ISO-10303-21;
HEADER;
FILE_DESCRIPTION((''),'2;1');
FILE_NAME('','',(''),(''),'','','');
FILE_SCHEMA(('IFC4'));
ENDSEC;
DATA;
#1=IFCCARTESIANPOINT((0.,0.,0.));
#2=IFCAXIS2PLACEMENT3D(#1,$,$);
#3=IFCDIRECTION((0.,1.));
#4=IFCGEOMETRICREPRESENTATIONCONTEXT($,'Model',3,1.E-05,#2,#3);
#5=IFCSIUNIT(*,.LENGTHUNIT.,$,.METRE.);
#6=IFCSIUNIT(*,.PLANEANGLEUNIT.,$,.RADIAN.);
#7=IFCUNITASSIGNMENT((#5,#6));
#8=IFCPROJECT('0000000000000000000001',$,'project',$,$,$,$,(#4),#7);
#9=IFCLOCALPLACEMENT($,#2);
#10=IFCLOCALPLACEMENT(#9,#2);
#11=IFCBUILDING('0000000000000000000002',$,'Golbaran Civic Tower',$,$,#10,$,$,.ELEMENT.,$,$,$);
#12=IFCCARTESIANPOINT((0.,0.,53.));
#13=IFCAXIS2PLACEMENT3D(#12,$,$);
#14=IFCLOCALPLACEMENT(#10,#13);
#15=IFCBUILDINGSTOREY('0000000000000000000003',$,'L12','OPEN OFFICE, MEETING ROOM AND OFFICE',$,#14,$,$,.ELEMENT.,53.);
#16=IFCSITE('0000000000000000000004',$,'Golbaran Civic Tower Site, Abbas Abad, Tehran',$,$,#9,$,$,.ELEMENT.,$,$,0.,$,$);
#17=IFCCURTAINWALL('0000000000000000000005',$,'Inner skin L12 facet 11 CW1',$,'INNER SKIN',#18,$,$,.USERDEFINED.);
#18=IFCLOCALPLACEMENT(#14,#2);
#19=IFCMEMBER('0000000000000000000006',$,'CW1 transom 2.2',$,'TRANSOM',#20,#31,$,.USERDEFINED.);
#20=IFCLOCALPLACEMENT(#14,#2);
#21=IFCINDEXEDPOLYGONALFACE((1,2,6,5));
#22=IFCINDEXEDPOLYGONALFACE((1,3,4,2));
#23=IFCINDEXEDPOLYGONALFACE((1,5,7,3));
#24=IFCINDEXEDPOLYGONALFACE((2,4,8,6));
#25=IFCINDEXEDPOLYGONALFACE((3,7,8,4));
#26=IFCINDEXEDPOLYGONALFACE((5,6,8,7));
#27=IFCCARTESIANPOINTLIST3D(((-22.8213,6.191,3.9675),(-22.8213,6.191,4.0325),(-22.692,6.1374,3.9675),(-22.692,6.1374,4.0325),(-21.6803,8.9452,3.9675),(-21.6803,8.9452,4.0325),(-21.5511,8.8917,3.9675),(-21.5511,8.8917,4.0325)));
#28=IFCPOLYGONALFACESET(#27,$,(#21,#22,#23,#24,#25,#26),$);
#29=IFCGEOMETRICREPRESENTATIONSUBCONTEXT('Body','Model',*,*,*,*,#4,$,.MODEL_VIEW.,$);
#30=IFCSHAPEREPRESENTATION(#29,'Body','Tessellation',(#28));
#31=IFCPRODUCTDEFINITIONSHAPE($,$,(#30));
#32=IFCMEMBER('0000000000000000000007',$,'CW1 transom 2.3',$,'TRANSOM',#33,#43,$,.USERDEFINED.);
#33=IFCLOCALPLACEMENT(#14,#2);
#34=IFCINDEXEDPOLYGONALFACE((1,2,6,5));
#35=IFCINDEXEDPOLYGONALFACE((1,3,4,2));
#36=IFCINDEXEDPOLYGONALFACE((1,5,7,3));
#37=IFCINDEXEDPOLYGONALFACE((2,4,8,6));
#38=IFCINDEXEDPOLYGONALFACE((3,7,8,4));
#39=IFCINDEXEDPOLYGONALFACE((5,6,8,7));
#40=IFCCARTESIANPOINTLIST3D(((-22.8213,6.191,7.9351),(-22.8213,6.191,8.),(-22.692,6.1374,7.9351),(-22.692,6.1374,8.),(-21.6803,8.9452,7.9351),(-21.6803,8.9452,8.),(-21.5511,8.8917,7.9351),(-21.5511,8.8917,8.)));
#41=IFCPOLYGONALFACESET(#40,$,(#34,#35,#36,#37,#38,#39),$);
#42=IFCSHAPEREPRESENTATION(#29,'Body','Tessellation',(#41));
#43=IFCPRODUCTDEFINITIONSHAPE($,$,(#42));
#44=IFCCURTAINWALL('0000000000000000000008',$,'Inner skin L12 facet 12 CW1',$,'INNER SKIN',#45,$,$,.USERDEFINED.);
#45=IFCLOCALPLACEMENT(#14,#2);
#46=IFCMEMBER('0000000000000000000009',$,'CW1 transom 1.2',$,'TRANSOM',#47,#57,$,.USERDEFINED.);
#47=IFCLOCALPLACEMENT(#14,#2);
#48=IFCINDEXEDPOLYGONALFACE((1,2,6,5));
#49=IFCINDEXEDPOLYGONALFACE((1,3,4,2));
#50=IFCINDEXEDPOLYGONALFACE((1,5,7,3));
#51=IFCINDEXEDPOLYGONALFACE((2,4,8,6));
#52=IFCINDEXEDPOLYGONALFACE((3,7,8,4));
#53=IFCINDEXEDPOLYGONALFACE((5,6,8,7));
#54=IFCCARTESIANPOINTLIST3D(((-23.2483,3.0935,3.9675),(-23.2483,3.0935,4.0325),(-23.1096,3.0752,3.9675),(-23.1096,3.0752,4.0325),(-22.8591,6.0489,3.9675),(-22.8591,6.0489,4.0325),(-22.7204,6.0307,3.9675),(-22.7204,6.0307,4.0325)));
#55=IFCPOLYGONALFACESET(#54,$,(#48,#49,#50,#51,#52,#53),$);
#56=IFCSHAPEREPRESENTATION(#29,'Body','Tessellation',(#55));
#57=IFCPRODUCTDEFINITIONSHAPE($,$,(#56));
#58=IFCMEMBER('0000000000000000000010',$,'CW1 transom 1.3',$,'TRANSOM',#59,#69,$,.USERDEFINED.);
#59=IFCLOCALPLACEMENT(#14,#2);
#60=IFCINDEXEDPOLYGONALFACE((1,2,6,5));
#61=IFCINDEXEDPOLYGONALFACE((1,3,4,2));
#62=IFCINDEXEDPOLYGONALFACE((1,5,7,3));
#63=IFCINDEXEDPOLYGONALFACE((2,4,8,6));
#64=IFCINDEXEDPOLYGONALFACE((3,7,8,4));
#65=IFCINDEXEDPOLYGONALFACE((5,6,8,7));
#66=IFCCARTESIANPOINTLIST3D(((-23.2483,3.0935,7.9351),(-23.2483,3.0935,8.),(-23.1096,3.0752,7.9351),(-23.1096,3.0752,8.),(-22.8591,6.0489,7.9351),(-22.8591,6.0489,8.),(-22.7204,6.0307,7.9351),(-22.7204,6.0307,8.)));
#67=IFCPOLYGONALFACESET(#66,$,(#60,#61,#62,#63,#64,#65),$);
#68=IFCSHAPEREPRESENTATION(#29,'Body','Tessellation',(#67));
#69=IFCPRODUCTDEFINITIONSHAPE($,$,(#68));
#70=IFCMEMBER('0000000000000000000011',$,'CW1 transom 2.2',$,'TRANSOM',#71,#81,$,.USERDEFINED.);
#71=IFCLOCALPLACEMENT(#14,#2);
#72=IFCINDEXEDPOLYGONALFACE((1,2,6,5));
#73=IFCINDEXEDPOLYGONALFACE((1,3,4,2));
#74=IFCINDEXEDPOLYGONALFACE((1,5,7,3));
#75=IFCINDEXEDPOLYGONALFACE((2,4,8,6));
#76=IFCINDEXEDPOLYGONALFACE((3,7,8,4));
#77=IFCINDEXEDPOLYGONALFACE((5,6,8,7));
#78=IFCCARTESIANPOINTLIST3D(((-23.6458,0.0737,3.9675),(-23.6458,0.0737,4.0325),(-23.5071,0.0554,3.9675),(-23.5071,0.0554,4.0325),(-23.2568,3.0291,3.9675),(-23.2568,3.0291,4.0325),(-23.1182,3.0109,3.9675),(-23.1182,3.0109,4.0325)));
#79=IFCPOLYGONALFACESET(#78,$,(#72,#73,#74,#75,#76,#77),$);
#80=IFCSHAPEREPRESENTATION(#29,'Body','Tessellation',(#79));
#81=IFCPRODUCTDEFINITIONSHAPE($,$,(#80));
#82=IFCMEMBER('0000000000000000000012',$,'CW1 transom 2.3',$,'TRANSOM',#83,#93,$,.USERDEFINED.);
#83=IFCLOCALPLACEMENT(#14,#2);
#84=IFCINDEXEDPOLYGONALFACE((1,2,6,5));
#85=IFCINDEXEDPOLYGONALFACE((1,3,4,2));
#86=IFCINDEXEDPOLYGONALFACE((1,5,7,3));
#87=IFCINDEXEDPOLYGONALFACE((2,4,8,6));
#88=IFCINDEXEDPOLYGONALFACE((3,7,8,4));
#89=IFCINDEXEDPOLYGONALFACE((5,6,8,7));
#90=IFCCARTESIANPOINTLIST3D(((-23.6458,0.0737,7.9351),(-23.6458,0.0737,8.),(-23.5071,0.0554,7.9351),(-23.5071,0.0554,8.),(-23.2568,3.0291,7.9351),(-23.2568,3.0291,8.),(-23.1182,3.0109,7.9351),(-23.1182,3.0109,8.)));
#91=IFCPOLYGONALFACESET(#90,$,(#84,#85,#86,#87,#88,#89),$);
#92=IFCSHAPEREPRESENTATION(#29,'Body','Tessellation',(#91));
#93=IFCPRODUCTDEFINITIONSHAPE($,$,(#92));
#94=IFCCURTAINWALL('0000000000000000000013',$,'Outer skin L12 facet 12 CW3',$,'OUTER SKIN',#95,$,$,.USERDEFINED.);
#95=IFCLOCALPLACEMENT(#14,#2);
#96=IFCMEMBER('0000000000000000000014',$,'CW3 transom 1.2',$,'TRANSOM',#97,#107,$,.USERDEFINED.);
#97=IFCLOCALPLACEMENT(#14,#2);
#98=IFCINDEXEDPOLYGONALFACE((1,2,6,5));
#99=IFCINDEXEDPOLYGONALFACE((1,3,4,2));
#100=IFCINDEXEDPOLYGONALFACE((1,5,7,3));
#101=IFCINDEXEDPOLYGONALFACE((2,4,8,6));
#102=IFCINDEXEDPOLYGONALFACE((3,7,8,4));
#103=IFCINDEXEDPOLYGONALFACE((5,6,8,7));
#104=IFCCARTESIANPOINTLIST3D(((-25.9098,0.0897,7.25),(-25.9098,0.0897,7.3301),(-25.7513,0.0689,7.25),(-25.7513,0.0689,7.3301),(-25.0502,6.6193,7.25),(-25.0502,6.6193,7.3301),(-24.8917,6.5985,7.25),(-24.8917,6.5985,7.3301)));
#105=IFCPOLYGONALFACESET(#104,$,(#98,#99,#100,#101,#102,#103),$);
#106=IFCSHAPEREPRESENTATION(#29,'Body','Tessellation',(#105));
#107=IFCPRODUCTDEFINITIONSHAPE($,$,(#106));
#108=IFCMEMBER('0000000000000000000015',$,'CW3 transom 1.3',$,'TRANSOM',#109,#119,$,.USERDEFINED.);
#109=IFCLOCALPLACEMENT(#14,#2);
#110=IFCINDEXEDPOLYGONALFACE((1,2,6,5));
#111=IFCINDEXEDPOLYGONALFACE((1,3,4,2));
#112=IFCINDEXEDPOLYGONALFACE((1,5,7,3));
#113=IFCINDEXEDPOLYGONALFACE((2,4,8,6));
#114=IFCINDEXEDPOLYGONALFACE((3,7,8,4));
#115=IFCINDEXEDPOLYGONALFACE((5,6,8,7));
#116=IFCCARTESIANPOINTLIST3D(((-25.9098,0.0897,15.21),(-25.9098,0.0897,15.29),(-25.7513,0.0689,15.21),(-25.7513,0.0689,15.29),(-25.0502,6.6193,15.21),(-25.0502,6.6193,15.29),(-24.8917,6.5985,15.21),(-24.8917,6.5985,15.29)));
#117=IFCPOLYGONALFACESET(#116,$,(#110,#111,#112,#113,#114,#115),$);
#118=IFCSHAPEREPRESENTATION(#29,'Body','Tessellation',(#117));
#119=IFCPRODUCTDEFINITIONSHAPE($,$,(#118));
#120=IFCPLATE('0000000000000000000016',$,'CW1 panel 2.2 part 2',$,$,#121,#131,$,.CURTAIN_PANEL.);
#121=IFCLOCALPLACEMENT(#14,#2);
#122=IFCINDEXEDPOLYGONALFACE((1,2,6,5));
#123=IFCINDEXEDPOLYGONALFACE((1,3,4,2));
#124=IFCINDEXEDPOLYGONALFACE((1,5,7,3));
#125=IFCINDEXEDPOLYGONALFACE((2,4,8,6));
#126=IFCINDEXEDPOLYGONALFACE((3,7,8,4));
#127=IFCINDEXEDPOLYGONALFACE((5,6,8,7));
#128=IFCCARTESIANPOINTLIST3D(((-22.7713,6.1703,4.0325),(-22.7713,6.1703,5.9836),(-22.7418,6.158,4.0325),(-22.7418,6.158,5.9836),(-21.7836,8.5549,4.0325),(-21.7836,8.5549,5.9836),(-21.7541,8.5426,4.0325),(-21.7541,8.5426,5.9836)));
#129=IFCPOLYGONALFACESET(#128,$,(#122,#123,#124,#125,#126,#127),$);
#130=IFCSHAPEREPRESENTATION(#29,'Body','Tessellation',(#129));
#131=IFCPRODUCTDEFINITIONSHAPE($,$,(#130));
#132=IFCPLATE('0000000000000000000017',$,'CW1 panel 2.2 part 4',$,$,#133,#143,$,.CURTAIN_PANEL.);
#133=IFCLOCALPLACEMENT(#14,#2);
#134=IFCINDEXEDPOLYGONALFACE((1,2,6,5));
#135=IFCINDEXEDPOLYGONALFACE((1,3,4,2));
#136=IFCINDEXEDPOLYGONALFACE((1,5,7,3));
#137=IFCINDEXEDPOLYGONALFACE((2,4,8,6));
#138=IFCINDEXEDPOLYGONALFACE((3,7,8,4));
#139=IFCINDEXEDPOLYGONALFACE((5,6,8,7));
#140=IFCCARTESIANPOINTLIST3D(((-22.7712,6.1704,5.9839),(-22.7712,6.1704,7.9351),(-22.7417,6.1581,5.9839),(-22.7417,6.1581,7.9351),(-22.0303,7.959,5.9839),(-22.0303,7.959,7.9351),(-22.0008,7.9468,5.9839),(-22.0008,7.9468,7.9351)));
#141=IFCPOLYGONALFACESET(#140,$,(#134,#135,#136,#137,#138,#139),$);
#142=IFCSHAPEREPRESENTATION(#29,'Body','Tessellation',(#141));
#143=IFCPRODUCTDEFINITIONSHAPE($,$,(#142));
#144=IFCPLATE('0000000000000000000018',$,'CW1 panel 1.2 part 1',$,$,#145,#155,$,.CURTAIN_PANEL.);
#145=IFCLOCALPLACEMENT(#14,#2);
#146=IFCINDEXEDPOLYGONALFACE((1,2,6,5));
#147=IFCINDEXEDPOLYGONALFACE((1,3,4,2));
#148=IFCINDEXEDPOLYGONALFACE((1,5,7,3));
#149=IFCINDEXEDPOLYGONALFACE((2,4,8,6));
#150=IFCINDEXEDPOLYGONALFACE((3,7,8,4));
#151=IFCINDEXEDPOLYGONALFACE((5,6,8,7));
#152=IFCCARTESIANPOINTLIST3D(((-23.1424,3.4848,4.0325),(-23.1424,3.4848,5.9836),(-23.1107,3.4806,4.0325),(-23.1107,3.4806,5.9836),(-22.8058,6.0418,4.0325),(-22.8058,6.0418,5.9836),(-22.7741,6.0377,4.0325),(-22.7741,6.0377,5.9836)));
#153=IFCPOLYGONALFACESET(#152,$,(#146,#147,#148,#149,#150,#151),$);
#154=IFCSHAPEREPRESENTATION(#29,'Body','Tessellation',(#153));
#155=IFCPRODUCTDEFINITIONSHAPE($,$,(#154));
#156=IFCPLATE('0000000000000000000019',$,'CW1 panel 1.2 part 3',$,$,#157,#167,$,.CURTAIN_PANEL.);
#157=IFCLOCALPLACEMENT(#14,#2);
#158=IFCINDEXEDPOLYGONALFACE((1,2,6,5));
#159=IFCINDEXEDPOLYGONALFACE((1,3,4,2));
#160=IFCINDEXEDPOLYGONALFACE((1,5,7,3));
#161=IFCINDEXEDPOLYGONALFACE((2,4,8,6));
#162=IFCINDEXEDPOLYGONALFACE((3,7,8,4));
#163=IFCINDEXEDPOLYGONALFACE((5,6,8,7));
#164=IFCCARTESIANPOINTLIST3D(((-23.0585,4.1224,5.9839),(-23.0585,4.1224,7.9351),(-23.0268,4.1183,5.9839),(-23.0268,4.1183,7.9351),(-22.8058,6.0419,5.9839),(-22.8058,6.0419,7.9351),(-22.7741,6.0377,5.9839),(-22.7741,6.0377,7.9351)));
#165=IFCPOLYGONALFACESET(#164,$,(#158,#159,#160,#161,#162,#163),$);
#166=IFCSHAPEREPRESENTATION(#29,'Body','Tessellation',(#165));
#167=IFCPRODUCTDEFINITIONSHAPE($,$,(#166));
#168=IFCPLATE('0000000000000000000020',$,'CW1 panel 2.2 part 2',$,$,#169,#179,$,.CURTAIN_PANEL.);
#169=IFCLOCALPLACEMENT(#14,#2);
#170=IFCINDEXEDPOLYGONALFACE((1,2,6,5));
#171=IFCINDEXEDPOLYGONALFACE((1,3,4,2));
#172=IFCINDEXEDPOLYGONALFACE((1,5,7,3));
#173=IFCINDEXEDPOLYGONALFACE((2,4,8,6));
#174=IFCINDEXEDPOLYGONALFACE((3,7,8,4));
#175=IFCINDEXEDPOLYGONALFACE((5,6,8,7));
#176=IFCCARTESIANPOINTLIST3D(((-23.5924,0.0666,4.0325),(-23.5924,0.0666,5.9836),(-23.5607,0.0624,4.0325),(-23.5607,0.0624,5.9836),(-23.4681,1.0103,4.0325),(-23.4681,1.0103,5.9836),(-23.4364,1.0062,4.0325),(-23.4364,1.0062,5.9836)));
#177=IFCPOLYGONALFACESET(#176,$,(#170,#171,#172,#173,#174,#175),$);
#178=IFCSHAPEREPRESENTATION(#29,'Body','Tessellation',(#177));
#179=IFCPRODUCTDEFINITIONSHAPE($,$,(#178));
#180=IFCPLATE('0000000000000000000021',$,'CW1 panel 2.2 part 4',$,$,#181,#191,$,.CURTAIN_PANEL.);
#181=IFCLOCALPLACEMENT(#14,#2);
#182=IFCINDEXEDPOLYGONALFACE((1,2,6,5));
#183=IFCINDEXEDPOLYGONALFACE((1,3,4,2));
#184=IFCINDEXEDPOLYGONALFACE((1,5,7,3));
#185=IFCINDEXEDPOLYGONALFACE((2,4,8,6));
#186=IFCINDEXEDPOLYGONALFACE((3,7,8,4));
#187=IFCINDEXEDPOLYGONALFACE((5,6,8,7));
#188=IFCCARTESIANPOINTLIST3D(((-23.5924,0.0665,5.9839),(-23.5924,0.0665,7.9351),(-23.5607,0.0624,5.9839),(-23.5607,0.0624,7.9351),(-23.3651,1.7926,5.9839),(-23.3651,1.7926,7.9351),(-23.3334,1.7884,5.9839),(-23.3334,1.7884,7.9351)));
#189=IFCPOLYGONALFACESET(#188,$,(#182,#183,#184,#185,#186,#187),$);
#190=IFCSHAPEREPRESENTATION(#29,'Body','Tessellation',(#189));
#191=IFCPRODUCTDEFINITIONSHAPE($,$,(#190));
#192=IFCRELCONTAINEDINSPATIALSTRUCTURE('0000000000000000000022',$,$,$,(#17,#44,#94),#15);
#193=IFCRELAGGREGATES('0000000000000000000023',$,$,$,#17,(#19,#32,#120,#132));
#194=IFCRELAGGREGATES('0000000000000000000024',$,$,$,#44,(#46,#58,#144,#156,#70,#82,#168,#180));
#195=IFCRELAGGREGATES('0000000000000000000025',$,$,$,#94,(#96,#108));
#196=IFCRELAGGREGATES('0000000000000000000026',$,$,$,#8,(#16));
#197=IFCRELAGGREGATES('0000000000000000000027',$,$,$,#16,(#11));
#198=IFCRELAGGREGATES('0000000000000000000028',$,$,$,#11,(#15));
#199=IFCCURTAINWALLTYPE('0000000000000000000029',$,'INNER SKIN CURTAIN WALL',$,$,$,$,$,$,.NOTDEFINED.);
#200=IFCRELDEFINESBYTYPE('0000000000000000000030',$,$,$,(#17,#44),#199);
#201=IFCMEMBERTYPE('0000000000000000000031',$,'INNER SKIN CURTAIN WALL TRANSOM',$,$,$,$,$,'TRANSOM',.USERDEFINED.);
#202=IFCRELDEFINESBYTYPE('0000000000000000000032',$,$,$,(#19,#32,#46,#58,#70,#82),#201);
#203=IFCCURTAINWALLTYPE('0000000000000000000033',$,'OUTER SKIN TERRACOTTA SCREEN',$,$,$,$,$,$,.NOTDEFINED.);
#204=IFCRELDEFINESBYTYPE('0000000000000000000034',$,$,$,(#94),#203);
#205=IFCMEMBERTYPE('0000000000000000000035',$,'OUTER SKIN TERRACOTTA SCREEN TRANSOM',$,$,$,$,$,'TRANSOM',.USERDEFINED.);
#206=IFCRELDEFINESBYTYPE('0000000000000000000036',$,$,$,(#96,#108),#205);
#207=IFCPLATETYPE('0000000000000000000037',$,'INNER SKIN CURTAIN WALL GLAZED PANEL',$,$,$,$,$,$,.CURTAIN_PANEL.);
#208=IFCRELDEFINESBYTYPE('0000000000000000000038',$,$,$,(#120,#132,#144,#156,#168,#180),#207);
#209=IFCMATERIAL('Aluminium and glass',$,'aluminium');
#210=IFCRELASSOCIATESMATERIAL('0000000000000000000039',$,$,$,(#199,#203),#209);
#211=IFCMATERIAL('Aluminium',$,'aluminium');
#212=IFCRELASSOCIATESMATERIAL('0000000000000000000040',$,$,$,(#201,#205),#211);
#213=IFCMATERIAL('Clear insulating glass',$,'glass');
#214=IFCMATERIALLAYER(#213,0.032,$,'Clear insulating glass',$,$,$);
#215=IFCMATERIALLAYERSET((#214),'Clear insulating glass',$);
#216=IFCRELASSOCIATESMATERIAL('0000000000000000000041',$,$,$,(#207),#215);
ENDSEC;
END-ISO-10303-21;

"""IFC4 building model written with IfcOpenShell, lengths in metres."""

from ifc_helpers import new_model, si_unit, direction, frame, origin, origin_2d, place, context, subcontext, project, spatial, rectangle, extrude, material, layer, layer_set, material_profile, profile_set, type_object, element, aggregate, save


model = new_model("IFC4")

# Units and contexts
model_context = context("Model", 3, precision=1e-05, world=origin(), true_north=direction((0.0, 1.0)))
body_context = subcontext(model_context, "Body", "Model", "MODEL_VIEW")
ifc_project = project(units=[si_unit("LENGTHUNIT", "METRE"), si_unit("PLANEANGLEUNIT", "RADIAN")], contexts=[model_context])

# Site, building, storey
site_placement = place(None, origin())
site = spatial("IfcSite", under=ifc_project, at=site_placement, Name="Golbaran Civic Tower Site, Abbas Abad, Tehran", CompositionType="ELEMENT", RefElevation=0.0)
building_placement = place(site_placement, origin())
building = spatial("IfcBuilding", under=site, at=building_placement, Name="Golbaran Civic Tower", CompositionType="ELEMENT")
storey_placement = place(building_placement, frame((0.0, 0.0, 53.0)))
storey = spatial("IfcBuildingStorey", under=building, at=storey_placement, Name="L12", Description="OPEN OFFICE, MEETING ROOM AND OFFICE", CompositionType="ELEMENT", Elevation=53.0)

# Curtain walls, members
ifc_material_1 = material(Name="Aluminium and glass", Category="aluminium")
curtain_wall_type_1 = type_object("IfcCurtainWallType", Name="INNER SKIN CURTAIN WALL", PredefinedType="NOTDEFINED", material=ifc_material_1)
curtain_wall_1_placement = place(storey_placement, origin())
curtain_wall_1 = element("IfcCurtainWall", 1, at=curtain_wall_1_placement, inside=storey, type_object=curtain_wall_type_1, Name="Inner skin L12 facet 11 CW1", ObjectType="INNER SKIN", PredefinedType="USERDEFINED")
ifc_material_2 = material(Name="Aluminium", Category="aluminium")
ifc_material_profile_1 = material_profile(ifc_material_2, rectangle(XDim=0.1399, YDim=0.0649, at=origin_2d()), Name="INNER SKIN CURTAIN WALL TRANSOM")
ifc_profile_set_1 = profile_set([ifc_material_profile_1], Name="Aluminium")
member_type_1 = type_object("IfcMemberType", Name="INNER SKIN CURTAIN WALL TRANSOM", ElementType="TRANSOM", PredefinedType="USERDEFINED", material=ifc_profile_set_1)
member_1_placement = place(storey_placement, frame((-21.6157, 8.9185, 4.0), z_axis=(-0.382701, -0.923872, 0.0), x_axis=(0.923872, -0.382701, 0.0)))
member_1 = element("IfcMember", 2, at=member_1_placement, type_object=member_type_1, Name="CW1 transom 2.2", ObjectType="TRANSOM", PredefinedType="USERDEFINED", context=body_context, shape_type="SweptSolid", body=[
    extrude(rectangle(XDim=0.1399, YDim=0.0649, at=origin_2d()), origin(), (0.0, 0.0, 1.0), 2.9812),
])
member_2_placement = place(storey_placement, frame((-21.6157, 8.9185, 7.9675), z_axis=(-0.382701, -0.923872, 0.0), x_axis=(0.923872, -0.382701, 0.0)))
member_2 = element("IfcMember", 3, at=member_2_placement, type_object=member_type_1, Name="CW1 transom 2.3", ObjectType="TRANSOM", PredefinedType="USERDEFINED", context=body_context, shape_type="SweptSolid", body=[
    extrude(rectangle(XDim=0.1399, YDim=0.0649, at=origin_2d()), origin(), (0.0, 0.0, 1.0), 2.9812),
])
curtain_wall_2_placement = place(storey_placement, origin())
curtain_wall_2 = element("IfcCurtainWall", 4, at=curtain_wall_2_placement, inside=storey, type_object=curtain_wall_type_1, Name="Inner skin L12 facet 12 CW1", ObjectType="INNER SKIN", PredefinedType="USERDEFINED")
member_3_placement = place(storey_placement, frame((-22.7898, 6.0398, 4.0), z_axis=(-0.130543, -0.991443, 0.0), x_axis=(0.991443, -0.130543, 0.0)))
member_3 = element("IfcMember", 5, at=member_3_placement, type_object=member_type_1, Name="CW1 transom 1.2", ObjectType="TRANSOM", PredefinedType="USERDEFINED", context=body_context, shape_type="SweptSolid", body=[
    extrude(rectangle(XDim=0.1399, YDim=0.0649, at=origin_2d()), origin(), (0.0, 0.0, 1.0), 2.981),
])
member_4_placement = place(storey_placement, frame((-22.7898, 6.0398, 7.9675), z_axis=(-0.130543, -0.991443, 0.0), x_axis=(0.991443, -0.130543, 0.0)))
member_4 = element("IfcMember", 6, at=member_4_placement, type_object=member_type_1, Name="CW1 transom 1.3", ObjectType="TRANSOM", PredefinedType="USERDEFINED", context=body_context, shape_type="SweptSolid", body=[
    extrude(rectangle(XDim=0.1399, YDim=0.0649, at=origin_2d()), origin(), (0.0, 0.0, 1.0), 2.981),
])
member_5_placement = place(storey_placement, frame((-23.1875, 3.02, 4.0), z_axis=(-0.130463, -0.991453, 0.0), x_axis=(0.991453, -0.130463, 0.0)))
member_5 = element("IfcMember", 7, at=member_5_placement, type_object=member_type_1, Name="CW1 transom 2.2", ObjectType="TRANSOM", PredefinedType="USERDEFINED", context=body_context, shape_type="SweptSolid", body=[
    extrude(rectangle(XDim=0.1399, YDim=0.0649, at=origin_2d()), origin(), (0.0, 0.0, 1.0), 2.981),
])
member_6_placement = place(storey_placement, frame((-23.1875, 3.02, 7.9675), z_axis=(-0.130463, -0.991453, 0.0), x_axis=(0.991453, -0.130463, 0.0)))
member_6 = element("IfcMember", 8, at=member_6_placement, type_object=member_type_1, Name="CW1 transom 2.3", ObjectType="TRANSOM", PredefinedType="USERDEFINED", context=body_context, shape_type="SweptSolid", body=[
    extrude(rectangle(XDim=0.1399, YDim=0.0649, at=origin_2d()), origin(), (0.0, 0.0, 1.0), 2.981),
])
curtain_wall_type_2 = type_object("IfcCurtainWallType", Name="OUTER SKIN TERRACOTTA SCREEN", PredefinedType="NOTDEFINED", material=ifc_material_1)
curtain_wall_3_placement = place(storey_placement, origin())
curtain_wall_3 = element("IfcCurtainWall", 9, at=curtain_wall_3_placement, inside=storey, type_object=curtain_wall_type_2, Name="Outer skin L12 facet 12 CW3", ObjectType="OUTER SKIN", PredefinedType="USERDEFINED")
ifc_material_profile_2 = material_profile(ifc_material_2, rectangle(XDim=0.1599, YDim=0.0801, at=origin_2d()), Name="OUTER SKIN TERRACOTTA SCREEN TRANSOM")
ifc_profile_set_2 = profile_set([ifc_material_profile_2], Name="Aluminium")
member_type_2 = type_object("IfcMemberType", Name="OUTER SKIN TERRACOTTA SCREEN TRANSOM", ElementType="TRANSOM", PredefinedType="USERDEFINED", material=ifc_profile_set_2)
member_7_placement = place(storey_placement, frame((-24.9709, 6.6089, 7.29), z_axis=(-0.130525, -0.991445, 0.0), x_axis=(0.991445, -0.130525, 0.0)))
member_7 = element("IfcMember", 10, at=member_7_placement, type_object=member_type_2, Name="CW3 transom 1.2", ObjectType="TRANSOM", PredefinedType="USERDEFINED", context=body_context, shape_type="SweptSolid", body=[
    extrude(rectangle(XDim=0.1599, YDim=0.0801, at=origin_2d()), origin(), (0.0, 0.0, 1.0), 6.5859),
])
member_8_placement = place(storey_placement, frame((-24.9709, 6.6089, 15.25), z_axis=(-0.130525, -0.991445, 0.0), x_axis=(0.991445, -0.130525, 0.0)))
member_8 = element("IfcMember", 11, at=member_8_placement, type_object=member_type_2, Name="CW3 transom 1.3", ObjectType="TRANSOM", PredefinedType="USERDEFINED", context=body_context, shape_type="SweptSolid", body=[
    extrude(rectangle(XDim=0.1599, YDim=0.0801, at=origin_2d()), origin(), (0.0, 0.0, 1.0), 6.5859),
])

# Plates
ifc_material_3 = material(Name="Clear insulating glass", Category="glass")
ifc_layer_1 = layer(ifc_material_3, 0.032, Name="Clear insulating glass")
ifc_layer_set_1 = layer_set([ifc_layer_1], Name="Clear insulating glass")
plate_type_1 = type_object("IfcPlateType", Name="INNER SKIN CURTAIN WALL GLAZED PANEL", PredefinedType="CURTAIN_PANEL", material=ifc_layer_set_1)
plate_1_placement = place(storey_placement, frame((-22.2627, 7.3564, 4.0325), z_axis=(0.0, 0.0, 1.0), x_axis=(-0.382683, -0.92388, 0.0)))
plate_1 = element("IfcPlate", 12, at=plate_1_placement, type_object=plate_type_1, Name="CW1 panel 2.2 part 2", PredefinedType="CURTAIN_PANEL", context=body_context, shape_type="SweptSolid", body=[
    extrude(rectangle(XDim=2.5811, YDim=0.032, at=origin_2d()), origin(), (0.0, 0.0, 1.0), 1.9512),
])
plate_2_placement = place(storey_placement, frame((-22.386, 7.0586, 5.9839), z_axis=(0.0, 0.0, 1.0), x_axis=(-0.382683, -0.92388, 0.0)))
plate_2 = element("IfcPlate", 13, at=plate_2_placement, type_object=plate_type_1, Name="CW1 panel 2.2 part 4", PredefinedType="CURTAIN_PANEL", context=body_context, shape_type="SweptSolid", body=[
    extrude(rectangle(XDim=1.936, YDim=0.032, at=origin_2d()), origin(), (0.0, 0.0, 1.0), 1.9512),
])
plate_3_placement = place(storey_placement, frame((-22.9583, 4.7612, 4.0325), z_axis=(0.0, 0.0, 1.0), x_axis=(-0.130526, -0.991445, 0.0)))
plate_3 = element("IfcPlate", 14, at=plate_3_placement, type_object=plate_type_1, Name="CW1 panel 1.2 part 1", PredefinedType="CURTAIN_PANEL", context=body_context, shape_type="SweptSolid", body=[
    extrude(rectangle(XDim=2.5791, YDim=0.032, at=origin_2d()), origin(), (0.0, 0.0, 1.0), 1.9512),
])
plate_4_placement = place(storey_placement, frame((-22.9163, 5.0801, 5.9839), z_axis=(0.0, 0.0, 1.0), x_axis=(-0.130526, -0.991445, 0.0)))
plate_4 = element("IfcPlate", 15, at=plate_4_placement, type_object=plate_type_1, Name="CW1 panel 1.2 part 3", PredefinedType="CURTAIN_PANEL", context=body_context, shape_type="SweptSolid", body=[
    extrude(rectangle(XDim=1.936, YDim=0.032, at=origin_2d()), origin(), (0.0, 0.0, 1.0), 1.9512),
])
plate_5_placement = place(storey_placement, frame((-23.5144, 0.5364, 4.0325), z_axis=(0.0, 0.0, 1.0), x_axis=(-0.130526, -0.991445, 0.0)))
plate_5 = element("IfcPlate", 16, at=plate_5_placement, type_object=plate_type_1, Name="CW1 panel 2.2 part 2", PredefinedType="CURTAIN_PANEL", context=body_context, shape_type="SweptSolid", body=[
    extrude(rectangle(XDim=0.9519, YDim=0.032, at=origin_2d()), origin(), (0.0, 0.0, 1.0), 1.9512),
])
plate_6_placement = place(storey_placement, frame((-23.4629, 0.9275, 5.9839), z_axis=(0.0, 0.0, 1.0), x_axis=(-0.130526, -0.991445, 0.0)))
plate_6 = element("IfcPlate", 17, at=plate_6_placement, type_object=plate_type_1, Name="CW1 panel 2.2 part 4", PredefinedType="CURTAIN_PANEL", context=body_context, shape_type="SweptSolid", body=[
    extrude(rectangle(XDim=1.741, YDim=0.032, at=origin_2d()), origin(), (0.0, 0.0, 1.0), 1.9512),
])
aggregate(curtain_wall_1, [member_1, member_2, plate_1, plate_2])
aggregate(curtain_wall_2, [member_3, member_4, plate_3, plate_4, member_5, member_6, plate_5, plate_6])
aggregate(curtain_wall_3, [member_7, member_8])

save(model, "model.ifc")
